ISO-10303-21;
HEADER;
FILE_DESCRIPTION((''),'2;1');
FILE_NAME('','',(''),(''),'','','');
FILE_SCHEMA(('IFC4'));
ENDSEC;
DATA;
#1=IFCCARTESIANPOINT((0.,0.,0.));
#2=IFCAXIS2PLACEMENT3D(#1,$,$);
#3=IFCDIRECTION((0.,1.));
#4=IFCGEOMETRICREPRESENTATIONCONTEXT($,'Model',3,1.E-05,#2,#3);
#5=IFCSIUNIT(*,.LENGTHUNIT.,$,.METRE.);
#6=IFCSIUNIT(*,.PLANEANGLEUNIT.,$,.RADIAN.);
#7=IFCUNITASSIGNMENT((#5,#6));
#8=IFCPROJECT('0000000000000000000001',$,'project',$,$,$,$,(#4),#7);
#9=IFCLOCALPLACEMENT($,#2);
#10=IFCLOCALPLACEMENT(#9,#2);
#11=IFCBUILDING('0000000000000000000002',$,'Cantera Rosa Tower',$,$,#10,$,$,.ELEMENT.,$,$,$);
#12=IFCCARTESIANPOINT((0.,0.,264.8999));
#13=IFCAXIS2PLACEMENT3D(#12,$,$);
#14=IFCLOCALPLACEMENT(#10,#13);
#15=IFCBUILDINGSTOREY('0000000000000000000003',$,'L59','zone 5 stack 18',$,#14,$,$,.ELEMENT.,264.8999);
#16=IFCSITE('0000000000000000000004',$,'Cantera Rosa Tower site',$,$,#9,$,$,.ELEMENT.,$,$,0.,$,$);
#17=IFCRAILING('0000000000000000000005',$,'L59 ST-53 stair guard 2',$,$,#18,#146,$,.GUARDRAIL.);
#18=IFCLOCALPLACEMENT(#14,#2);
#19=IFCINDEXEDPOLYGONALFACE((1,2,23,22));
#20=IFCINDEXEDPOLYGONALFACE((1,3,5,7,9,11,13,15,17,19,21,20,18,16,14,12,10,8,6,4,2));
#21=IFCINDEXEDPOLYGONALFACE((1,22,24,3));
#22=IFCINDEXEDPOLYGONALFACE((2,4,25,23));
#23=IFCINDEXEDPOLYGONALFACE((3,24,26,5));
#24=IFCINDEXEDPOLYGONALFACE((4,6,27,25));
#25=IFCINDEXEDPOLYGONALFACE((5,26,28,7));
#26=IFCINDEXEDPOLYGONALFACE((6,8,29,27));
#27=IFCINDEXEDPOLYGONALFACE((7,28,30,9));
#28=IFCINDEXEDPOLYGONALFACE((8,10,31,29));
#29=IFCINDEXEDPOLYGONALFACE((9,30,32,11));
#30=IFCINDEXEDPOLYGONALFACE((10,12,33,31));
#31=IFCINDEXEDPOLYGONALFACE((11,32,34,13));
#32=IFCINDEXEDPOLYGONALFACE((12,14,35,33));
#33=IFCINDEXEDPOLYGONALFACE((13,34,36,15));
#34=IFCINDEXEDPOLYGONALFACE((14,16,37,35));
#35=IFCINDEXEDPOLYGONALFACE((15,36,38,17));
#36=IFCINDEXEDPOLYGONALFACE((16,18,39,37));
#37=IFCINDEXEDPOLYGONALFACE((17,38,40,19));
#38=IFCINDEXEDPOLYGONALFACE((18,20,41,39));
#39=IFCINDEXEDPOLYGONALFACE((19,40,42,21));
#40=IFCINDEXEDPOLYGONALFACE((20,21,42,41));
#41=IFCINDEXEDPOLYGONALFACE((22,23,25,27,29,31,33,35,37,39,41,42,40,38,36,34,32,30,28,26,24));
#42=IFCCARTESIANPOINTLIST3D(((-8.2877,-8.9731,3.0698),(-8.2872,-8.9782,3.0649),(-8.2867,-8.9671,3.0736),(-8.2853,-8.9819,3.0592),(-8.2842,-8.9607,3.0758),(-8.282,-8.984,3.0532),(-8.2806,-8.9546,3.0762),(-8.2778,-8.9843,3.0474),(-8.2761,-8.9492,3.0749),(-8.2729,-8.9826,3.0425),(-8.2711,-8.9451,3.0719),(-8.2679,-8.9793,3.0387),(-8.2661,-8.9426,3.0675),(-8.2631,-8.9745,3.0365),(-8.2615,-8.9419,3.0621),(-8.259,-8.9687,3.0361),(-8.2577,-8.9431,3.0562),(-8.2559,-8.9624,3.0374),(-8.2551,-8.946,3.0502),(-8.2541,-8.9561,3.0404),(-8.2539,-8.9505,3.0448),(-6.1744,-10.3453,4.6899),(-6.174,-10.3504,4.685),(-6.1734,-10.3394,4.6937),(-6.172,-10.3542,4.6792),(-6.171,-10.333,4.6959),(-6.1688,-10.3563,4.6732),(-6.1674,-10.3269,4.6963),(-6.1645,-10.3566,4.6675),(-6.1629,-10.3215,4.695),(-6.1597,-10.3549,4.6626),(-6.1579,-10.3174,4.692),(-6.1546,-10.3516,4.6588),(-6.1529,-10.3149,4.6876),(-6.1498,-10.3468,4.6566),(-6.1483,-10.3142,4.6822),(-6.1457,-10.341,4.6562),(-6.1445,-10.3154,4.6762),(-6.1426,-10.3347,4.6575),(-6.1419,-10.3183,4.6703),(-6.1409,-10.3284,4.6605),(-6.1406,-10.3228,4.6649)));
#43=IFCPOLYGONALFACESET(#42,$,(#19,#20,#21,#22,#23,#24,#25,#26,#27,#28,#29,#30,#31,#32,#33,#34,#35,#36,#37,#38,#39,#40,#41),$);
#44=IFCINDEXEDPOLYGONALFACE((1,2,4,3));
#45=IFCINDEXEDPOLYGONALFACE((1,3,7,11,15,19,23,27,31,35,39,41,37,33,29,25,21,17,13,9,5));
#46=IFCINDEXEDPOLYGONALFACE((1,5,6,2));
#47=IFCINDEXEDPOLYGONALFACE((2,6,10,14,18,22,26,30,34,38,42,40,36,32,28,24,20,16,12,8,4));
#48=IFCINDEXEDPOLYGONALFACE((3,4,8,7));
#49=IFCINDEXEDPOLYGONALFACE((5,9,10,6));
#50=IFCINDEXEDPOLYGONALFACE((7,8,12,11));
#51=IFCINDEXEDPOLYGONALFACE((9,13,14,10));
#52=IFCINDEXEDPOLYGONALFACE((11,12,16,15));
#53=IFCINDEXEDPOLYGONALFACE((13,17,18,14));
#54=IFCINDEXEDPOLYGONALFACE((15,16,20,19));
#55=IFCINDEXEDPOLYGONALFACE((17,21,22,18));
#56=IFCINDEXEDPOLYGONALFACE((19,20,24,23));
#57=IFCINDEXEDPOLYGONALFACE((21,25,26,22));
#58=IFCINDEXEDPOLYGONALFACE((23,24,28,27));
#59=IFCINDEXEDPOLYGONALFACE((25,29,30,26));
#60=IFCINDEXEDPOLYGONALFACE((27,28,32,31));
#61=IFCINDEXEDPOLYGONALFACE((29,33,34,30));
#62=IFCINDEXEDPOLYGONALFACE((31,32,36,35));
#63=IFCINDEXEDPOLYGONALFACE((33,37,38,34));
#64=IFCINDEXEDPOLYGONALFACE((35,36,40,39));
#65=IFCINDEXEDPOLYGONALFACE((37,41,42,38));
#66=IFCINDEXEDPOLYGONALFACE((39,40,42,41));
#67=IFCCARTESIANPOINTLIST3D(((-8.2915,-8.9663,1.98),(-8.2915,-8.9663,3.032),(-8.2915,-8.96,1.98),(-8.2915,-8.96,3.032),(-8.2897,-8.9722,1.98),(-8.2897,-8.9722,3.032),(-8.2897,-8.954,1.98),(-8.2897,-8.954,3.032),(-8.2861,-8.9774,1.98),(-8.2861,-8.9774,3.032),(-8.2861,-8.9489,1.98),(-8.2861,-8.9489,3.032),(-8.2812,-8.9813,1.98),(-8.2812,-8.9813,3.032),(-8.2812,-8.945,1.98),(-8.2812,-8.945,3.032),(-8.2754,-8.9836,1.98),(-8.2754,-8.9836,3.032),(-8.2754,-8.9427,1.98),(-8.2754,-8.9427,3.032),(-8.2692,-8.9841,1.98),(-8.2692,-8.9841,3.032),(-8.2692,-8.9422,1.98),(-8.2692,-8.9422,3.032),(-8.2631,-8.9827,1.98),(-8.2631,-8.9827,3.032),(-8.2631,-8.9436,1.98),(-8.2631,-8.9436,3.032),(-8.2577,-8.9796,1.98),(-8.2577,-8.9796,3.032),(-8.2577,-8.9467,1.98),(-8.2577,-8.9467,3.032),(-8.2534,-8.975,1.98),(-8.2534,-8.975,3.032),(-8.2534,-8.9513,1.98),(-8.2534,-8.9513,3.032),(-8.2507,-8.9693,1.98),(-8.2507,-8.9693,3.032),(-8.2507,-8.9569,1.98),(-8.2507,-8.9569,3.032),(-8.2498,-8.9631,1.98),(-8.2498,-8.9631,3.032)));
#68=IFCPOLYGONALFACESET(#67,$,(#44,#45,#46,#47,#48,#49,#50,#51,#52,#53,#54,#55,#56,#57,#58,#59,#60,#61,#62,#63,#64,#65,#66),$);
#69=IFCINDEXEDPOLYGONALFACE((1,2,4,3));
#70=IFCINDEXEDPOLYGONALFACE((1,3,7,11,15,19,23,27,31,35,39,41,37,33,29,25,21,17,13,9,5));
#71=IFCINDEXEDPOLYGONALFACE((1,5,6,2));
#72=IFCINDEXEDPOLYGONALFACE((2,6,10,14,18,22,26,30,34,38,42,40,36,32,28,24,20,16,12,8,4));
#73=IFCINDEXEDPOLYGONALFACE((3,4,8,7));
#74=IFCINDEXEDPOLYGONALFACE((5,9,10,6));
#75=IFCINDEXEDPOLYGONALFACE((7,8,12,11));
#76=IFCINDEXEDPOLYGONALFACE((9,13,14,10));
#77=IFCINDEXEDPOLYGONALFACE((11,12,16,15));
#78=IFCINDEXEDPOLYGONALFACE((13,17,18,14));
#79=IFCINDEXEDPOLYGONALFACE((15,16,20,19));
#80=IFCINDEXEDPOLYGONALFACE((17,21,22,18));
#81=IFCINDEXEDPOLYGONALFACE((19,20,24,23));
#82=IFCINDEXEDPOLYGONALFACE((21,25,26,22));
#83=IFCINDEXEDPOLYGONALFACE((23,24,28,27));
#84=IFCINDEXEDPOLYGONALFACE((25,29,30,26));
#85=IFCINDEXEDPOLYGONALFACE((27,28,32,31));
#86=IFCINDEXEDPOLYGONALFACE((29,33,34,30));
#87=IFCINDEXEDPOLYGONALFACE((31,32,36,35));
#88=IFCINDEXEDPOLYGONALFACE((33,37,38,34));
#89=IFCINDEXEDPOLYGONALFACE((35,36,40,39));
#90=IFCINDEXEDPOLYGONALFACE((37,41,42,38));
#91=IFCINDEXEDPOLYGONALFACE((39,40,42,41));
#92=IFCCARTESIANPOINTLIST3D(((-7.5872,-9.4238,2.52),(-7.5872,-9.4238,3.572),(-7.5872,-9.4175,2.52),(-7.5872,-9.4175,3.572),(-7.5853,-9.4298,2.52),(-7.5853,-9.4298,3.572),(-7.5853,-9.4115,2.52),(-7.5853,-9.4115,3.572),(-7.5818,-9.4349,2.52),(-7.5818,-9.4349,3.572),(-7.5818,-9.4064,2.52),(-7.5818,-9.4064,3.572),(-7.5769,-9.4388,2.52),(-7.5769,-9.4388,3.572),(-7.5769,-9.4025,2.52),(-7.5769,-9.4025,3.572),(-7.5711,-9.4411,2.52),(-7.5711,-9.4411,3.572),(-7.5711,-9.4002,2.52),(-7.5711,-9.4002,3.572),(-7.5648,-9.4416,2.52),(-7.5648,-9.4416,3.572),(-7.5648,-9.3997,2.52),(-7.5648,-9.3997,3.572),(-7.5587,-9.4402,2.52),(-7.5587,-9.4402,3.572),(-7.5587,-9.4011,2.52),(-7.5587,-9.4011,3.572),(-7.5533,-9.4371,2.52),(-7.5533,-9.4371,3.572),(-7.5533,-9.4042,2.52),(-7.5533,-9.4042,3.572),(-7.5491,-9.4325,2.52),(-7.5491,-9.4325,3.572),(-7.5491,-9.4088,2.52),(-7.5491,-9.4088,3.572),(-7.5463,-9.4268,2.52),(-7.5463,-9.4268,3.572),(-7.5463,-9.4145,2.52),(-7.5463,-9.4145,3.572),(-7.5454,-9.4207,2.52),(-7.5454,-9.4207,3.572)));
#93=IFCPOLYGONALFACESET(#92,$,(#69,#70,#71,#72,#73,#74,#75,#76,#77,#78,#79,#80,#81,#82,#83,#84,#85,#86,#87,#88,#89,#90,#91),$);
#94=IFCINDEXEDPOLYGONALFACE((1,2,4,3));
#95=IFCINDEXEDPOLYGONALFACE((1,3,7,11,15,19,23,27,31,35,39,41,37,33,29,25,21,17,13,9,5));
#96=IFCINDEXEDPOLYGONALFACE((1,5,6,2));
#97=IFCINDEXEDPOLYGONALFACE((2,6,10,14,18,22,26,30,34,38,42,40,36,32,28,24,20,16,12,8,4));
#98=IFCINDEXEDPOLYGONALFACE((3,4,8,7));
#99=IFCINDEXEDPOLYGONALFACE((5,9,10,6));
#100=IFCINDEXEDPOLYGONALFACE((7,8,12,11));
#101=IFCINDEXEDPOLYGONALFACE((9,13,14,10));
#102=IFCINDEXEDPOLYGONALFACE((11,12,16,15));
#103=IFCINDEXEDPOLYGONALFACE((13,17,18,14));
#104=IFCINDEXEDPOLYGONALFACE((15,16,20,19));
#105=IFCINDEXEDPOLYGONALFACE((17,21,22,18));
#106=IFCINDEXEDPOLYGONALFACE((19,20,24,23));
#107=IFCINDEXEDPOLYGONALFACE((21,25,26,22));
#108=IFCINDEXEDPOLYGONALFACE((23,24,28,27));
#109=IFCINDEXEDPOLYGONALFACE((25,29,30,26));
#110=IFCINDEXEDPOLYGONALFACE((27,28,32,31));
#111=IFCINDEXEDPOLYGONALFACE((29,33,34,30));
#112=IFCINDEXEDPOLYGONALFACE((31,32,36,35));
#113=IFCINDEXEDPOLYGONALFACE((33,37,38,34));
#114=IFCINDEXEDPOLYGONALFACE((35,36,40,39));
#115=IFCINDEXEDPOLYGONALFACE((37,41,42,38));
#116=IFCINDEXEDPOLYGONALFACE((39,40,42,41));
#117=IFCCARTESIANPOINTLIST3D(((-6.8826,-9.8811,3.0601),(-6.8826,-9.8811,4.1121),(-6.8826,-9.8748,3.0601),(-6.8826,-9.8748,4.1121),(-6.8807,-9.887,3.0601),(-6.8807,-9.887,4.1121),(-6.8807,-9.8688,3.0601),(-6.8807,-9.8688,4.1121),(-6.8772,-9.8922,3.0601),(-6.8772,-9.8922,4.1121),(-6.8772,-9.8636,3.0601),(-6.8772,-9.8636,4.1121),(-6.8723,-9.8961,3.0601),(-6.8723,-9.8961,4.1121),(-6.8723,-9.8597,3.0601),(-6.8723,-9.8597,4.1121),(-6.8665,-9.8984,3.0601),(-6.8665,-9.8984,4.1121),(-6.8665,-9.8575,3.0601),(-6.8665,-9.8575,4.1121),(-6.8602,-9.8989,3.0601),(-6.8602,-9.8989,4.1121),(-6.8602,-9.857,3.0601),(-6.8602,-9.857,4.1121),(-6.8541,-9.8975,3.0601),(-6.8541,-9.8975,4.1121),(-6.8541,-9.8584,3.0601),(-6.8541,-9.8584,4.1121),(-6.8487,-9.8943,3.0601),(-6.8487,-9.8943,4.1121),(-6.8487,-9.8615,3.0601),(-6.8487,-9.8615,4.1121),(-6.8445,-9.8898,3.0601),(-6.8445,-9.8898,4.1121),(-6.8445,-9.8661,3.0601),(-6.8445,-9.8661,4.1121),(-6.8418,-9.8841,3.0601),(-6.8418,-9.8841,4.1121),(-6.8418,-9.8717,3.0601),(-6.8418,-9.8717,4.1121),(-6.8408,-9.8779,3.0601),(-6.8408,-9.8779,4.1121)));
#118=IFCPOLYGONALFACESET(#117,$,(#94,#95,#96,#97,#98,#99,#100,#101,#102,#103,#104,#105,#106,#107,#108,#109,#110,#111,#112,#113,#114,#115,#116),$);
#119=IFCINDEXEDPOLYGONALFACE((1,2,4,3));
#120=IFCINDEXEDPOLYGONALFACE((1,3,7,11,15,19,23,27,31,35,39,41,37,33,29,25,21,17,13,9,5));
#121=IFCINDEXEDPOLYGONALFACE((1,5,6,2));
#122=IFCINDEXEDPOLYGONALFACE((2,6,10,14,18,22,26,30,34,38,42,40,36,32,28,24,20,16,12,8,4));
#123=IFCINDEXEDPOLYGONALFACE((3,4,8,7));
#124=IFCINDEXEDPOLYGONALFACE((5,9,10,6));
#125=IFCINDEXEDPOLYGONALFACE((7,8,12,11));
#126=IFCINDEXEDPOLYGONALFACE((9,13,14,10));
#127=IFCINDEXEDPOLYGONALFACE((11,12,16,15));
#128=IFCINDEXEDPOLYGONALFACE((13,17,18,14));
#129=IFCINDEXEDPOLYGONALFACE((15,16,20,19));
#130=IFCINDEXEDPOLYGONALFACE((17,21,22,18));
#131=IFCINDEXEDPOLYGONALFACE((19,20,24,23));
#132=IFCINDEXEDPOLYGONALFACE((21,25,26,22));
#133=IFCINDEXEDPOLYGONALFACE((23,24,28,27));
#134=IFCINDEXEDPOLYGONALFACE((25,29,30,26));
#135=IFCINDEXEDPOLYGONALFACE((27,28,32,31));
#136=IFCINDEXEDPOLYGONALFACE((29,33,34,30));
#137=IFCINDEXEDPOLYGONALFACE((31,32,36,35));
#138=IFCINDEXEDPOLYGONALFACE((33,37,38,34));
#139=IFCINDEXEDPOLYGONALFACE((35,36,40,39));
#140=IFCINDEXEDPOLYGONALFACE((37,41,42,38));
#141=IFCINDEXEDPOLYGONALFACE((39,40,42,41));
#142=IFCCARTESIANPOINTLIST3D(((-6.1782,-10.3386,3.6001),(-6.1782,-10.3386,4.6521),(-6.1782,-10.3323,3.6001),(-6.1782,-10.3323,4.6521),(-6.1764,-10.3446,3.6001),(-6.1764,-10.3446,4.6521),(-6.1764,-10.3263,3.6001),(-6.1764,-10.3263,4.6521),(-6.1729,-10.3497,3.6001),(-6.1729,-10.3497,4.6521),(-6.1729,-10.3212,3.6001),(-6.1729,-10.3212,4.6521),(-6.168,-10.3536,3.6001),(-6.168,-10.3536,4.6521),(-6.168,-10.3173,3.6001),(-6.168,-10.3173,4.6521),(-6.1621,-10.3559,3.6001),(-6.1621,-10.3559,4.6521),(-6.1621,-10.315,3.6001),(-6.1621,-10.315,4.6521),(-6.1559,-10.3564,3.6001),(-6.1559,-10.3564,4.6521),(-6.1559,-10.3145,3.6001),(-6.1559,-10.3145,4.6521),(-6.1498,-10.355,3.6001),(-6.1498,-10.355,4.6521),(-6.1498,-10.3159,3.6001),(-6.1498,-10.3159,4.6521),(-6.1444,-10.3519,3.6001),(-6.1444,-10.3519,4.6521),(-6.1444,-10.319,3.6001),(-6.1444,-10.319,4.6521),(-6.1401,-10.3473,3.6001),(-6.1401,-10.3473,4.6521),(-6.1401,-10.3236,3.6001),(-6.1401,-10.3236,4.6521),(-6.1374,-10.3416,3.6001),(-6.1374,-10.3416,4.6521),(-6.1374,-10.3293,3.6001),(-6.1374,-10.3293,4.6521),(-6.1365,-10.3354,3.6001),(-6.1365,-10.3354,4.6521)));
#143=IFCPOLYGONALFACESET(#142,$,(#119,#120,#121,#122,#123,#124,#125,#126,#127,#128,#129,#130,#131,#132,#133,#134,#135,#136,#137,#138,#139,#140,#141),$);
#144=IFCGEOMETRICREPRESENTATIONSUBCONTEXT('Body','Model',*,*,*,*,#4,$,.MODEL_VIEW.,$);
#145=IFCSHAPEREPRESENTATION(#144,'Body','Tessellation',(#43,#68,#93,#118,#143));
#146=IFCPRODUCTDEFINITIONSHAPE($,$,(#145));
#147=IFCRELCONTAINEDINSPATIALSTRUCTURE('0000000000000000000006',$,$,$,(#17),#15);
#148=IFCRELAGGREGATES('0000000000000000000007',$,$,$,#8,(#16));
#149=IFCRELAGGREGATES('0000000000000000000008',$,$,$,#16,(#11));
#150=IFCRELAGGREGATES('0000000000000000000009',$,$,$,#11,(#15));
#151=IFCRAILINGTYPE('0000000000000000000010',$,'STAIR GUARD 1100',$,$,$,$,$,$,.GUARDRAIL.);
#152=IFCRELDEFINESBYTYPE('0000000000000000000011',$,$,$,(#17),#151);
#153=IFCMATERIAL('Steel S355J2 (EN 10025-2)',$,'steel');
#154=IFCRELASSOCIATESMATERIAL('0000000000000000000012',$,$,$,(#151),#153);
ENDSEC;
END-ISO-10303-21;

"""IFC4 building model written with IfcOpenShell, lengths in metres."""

from ifc_helpers import new_model, si_unit, direction, frame, origin, origin_2d, place, context, subcontext, project, spatial, circle, extrude, material, type_object, element, save


model = new_model("IFC4")

# Units and contexts
model_context = context("Model", 3, precision=1e-05, world=origin(), true_north=direction((0.0, 1.0)))
body_context = subcontext(model_context, "Body", "Model", "MODEL_VIEW")
ifc_project = project(units=[si_unit("LENGTHUNIT", "METRE"), si_unit("PLANEANGLEUNIT", "RADIAN")], contexts=[model_context])

# Site, building, storey
site_placement = place(None, origin())
site = spatial("IfcSite", under=ifc_project, at=site_placement, Name="Cantera Rosa Tower site", CompositionType="ELEMENT", RefElevation=0.0)
building_placement = place(site_placement, origin())
building = spatial("IfcBuilding", under=site, at=building_placement, Name="Cantera Rosa Tower", CompositionType="ELEMENT")
storey_placement = place(building_placement, frame((0.0, 0.0, 264.8999)))
storey = spatial("IfcBuildingStorey", under=building, at=storey_placement, Name="L59", Description="zone 5 stack 18", CompositionType="ELEMENT", Elevation=264.8999)

# Railing
ifc_material_1 = material(Name="Steel S355J2 (EN 10025-2)", Category="steel")
railing_type_1 = type_object("IfcRailingType", Name="STAIR GUARD 1100", PredefinedType="GUARDRAIL", material=ifc_material_1)
railing_1_placement = place(storey_placement, frame((-8.2708, -8.9631, 1.98)))
element("IfcRailing", 1, at=railing_1_placement, inside=storey, type_object=railing_type_1, Name="L59 ST-53 stair guard 2", PredefinedType="GUARDRAIL", context=body_context, shape_type="SweptSolid", body=[
    extrude(circle(Radius=0.0239, at=origin_2d()), frame((0.0, 0.0, 1.0762), z_axis=(0.705447, -0.458101, 0.540821), x_axis=(0.54462, 0.838683, 0.0)), (0.0, 0.0, 1.0), 2.9956),
    extrude(circle(Radius=0.021, at=origin_2d()), origin(), (0.0, 0.0, 1.0), 1.052),
    extrude(circle(Radius=0.021, at=origin_2d()), frame((0.7043, -0.4575, 0.54)), (0.0, 0.0, 1.0), 1.052),
    extrude(circle(Radius=0.021, at=origin_2d()), frame((1.4089, -0.9148, 1.0801)), (0.0, 0.0, 1.0), 1.052),
    extrude(circle(Radius=0.021, at=origin_2d()), frame((2.1133, -1.3723, 1.6201)), (0.0, 0.0, 1.0), 1.052),
])

save(model, "model.ifc")
